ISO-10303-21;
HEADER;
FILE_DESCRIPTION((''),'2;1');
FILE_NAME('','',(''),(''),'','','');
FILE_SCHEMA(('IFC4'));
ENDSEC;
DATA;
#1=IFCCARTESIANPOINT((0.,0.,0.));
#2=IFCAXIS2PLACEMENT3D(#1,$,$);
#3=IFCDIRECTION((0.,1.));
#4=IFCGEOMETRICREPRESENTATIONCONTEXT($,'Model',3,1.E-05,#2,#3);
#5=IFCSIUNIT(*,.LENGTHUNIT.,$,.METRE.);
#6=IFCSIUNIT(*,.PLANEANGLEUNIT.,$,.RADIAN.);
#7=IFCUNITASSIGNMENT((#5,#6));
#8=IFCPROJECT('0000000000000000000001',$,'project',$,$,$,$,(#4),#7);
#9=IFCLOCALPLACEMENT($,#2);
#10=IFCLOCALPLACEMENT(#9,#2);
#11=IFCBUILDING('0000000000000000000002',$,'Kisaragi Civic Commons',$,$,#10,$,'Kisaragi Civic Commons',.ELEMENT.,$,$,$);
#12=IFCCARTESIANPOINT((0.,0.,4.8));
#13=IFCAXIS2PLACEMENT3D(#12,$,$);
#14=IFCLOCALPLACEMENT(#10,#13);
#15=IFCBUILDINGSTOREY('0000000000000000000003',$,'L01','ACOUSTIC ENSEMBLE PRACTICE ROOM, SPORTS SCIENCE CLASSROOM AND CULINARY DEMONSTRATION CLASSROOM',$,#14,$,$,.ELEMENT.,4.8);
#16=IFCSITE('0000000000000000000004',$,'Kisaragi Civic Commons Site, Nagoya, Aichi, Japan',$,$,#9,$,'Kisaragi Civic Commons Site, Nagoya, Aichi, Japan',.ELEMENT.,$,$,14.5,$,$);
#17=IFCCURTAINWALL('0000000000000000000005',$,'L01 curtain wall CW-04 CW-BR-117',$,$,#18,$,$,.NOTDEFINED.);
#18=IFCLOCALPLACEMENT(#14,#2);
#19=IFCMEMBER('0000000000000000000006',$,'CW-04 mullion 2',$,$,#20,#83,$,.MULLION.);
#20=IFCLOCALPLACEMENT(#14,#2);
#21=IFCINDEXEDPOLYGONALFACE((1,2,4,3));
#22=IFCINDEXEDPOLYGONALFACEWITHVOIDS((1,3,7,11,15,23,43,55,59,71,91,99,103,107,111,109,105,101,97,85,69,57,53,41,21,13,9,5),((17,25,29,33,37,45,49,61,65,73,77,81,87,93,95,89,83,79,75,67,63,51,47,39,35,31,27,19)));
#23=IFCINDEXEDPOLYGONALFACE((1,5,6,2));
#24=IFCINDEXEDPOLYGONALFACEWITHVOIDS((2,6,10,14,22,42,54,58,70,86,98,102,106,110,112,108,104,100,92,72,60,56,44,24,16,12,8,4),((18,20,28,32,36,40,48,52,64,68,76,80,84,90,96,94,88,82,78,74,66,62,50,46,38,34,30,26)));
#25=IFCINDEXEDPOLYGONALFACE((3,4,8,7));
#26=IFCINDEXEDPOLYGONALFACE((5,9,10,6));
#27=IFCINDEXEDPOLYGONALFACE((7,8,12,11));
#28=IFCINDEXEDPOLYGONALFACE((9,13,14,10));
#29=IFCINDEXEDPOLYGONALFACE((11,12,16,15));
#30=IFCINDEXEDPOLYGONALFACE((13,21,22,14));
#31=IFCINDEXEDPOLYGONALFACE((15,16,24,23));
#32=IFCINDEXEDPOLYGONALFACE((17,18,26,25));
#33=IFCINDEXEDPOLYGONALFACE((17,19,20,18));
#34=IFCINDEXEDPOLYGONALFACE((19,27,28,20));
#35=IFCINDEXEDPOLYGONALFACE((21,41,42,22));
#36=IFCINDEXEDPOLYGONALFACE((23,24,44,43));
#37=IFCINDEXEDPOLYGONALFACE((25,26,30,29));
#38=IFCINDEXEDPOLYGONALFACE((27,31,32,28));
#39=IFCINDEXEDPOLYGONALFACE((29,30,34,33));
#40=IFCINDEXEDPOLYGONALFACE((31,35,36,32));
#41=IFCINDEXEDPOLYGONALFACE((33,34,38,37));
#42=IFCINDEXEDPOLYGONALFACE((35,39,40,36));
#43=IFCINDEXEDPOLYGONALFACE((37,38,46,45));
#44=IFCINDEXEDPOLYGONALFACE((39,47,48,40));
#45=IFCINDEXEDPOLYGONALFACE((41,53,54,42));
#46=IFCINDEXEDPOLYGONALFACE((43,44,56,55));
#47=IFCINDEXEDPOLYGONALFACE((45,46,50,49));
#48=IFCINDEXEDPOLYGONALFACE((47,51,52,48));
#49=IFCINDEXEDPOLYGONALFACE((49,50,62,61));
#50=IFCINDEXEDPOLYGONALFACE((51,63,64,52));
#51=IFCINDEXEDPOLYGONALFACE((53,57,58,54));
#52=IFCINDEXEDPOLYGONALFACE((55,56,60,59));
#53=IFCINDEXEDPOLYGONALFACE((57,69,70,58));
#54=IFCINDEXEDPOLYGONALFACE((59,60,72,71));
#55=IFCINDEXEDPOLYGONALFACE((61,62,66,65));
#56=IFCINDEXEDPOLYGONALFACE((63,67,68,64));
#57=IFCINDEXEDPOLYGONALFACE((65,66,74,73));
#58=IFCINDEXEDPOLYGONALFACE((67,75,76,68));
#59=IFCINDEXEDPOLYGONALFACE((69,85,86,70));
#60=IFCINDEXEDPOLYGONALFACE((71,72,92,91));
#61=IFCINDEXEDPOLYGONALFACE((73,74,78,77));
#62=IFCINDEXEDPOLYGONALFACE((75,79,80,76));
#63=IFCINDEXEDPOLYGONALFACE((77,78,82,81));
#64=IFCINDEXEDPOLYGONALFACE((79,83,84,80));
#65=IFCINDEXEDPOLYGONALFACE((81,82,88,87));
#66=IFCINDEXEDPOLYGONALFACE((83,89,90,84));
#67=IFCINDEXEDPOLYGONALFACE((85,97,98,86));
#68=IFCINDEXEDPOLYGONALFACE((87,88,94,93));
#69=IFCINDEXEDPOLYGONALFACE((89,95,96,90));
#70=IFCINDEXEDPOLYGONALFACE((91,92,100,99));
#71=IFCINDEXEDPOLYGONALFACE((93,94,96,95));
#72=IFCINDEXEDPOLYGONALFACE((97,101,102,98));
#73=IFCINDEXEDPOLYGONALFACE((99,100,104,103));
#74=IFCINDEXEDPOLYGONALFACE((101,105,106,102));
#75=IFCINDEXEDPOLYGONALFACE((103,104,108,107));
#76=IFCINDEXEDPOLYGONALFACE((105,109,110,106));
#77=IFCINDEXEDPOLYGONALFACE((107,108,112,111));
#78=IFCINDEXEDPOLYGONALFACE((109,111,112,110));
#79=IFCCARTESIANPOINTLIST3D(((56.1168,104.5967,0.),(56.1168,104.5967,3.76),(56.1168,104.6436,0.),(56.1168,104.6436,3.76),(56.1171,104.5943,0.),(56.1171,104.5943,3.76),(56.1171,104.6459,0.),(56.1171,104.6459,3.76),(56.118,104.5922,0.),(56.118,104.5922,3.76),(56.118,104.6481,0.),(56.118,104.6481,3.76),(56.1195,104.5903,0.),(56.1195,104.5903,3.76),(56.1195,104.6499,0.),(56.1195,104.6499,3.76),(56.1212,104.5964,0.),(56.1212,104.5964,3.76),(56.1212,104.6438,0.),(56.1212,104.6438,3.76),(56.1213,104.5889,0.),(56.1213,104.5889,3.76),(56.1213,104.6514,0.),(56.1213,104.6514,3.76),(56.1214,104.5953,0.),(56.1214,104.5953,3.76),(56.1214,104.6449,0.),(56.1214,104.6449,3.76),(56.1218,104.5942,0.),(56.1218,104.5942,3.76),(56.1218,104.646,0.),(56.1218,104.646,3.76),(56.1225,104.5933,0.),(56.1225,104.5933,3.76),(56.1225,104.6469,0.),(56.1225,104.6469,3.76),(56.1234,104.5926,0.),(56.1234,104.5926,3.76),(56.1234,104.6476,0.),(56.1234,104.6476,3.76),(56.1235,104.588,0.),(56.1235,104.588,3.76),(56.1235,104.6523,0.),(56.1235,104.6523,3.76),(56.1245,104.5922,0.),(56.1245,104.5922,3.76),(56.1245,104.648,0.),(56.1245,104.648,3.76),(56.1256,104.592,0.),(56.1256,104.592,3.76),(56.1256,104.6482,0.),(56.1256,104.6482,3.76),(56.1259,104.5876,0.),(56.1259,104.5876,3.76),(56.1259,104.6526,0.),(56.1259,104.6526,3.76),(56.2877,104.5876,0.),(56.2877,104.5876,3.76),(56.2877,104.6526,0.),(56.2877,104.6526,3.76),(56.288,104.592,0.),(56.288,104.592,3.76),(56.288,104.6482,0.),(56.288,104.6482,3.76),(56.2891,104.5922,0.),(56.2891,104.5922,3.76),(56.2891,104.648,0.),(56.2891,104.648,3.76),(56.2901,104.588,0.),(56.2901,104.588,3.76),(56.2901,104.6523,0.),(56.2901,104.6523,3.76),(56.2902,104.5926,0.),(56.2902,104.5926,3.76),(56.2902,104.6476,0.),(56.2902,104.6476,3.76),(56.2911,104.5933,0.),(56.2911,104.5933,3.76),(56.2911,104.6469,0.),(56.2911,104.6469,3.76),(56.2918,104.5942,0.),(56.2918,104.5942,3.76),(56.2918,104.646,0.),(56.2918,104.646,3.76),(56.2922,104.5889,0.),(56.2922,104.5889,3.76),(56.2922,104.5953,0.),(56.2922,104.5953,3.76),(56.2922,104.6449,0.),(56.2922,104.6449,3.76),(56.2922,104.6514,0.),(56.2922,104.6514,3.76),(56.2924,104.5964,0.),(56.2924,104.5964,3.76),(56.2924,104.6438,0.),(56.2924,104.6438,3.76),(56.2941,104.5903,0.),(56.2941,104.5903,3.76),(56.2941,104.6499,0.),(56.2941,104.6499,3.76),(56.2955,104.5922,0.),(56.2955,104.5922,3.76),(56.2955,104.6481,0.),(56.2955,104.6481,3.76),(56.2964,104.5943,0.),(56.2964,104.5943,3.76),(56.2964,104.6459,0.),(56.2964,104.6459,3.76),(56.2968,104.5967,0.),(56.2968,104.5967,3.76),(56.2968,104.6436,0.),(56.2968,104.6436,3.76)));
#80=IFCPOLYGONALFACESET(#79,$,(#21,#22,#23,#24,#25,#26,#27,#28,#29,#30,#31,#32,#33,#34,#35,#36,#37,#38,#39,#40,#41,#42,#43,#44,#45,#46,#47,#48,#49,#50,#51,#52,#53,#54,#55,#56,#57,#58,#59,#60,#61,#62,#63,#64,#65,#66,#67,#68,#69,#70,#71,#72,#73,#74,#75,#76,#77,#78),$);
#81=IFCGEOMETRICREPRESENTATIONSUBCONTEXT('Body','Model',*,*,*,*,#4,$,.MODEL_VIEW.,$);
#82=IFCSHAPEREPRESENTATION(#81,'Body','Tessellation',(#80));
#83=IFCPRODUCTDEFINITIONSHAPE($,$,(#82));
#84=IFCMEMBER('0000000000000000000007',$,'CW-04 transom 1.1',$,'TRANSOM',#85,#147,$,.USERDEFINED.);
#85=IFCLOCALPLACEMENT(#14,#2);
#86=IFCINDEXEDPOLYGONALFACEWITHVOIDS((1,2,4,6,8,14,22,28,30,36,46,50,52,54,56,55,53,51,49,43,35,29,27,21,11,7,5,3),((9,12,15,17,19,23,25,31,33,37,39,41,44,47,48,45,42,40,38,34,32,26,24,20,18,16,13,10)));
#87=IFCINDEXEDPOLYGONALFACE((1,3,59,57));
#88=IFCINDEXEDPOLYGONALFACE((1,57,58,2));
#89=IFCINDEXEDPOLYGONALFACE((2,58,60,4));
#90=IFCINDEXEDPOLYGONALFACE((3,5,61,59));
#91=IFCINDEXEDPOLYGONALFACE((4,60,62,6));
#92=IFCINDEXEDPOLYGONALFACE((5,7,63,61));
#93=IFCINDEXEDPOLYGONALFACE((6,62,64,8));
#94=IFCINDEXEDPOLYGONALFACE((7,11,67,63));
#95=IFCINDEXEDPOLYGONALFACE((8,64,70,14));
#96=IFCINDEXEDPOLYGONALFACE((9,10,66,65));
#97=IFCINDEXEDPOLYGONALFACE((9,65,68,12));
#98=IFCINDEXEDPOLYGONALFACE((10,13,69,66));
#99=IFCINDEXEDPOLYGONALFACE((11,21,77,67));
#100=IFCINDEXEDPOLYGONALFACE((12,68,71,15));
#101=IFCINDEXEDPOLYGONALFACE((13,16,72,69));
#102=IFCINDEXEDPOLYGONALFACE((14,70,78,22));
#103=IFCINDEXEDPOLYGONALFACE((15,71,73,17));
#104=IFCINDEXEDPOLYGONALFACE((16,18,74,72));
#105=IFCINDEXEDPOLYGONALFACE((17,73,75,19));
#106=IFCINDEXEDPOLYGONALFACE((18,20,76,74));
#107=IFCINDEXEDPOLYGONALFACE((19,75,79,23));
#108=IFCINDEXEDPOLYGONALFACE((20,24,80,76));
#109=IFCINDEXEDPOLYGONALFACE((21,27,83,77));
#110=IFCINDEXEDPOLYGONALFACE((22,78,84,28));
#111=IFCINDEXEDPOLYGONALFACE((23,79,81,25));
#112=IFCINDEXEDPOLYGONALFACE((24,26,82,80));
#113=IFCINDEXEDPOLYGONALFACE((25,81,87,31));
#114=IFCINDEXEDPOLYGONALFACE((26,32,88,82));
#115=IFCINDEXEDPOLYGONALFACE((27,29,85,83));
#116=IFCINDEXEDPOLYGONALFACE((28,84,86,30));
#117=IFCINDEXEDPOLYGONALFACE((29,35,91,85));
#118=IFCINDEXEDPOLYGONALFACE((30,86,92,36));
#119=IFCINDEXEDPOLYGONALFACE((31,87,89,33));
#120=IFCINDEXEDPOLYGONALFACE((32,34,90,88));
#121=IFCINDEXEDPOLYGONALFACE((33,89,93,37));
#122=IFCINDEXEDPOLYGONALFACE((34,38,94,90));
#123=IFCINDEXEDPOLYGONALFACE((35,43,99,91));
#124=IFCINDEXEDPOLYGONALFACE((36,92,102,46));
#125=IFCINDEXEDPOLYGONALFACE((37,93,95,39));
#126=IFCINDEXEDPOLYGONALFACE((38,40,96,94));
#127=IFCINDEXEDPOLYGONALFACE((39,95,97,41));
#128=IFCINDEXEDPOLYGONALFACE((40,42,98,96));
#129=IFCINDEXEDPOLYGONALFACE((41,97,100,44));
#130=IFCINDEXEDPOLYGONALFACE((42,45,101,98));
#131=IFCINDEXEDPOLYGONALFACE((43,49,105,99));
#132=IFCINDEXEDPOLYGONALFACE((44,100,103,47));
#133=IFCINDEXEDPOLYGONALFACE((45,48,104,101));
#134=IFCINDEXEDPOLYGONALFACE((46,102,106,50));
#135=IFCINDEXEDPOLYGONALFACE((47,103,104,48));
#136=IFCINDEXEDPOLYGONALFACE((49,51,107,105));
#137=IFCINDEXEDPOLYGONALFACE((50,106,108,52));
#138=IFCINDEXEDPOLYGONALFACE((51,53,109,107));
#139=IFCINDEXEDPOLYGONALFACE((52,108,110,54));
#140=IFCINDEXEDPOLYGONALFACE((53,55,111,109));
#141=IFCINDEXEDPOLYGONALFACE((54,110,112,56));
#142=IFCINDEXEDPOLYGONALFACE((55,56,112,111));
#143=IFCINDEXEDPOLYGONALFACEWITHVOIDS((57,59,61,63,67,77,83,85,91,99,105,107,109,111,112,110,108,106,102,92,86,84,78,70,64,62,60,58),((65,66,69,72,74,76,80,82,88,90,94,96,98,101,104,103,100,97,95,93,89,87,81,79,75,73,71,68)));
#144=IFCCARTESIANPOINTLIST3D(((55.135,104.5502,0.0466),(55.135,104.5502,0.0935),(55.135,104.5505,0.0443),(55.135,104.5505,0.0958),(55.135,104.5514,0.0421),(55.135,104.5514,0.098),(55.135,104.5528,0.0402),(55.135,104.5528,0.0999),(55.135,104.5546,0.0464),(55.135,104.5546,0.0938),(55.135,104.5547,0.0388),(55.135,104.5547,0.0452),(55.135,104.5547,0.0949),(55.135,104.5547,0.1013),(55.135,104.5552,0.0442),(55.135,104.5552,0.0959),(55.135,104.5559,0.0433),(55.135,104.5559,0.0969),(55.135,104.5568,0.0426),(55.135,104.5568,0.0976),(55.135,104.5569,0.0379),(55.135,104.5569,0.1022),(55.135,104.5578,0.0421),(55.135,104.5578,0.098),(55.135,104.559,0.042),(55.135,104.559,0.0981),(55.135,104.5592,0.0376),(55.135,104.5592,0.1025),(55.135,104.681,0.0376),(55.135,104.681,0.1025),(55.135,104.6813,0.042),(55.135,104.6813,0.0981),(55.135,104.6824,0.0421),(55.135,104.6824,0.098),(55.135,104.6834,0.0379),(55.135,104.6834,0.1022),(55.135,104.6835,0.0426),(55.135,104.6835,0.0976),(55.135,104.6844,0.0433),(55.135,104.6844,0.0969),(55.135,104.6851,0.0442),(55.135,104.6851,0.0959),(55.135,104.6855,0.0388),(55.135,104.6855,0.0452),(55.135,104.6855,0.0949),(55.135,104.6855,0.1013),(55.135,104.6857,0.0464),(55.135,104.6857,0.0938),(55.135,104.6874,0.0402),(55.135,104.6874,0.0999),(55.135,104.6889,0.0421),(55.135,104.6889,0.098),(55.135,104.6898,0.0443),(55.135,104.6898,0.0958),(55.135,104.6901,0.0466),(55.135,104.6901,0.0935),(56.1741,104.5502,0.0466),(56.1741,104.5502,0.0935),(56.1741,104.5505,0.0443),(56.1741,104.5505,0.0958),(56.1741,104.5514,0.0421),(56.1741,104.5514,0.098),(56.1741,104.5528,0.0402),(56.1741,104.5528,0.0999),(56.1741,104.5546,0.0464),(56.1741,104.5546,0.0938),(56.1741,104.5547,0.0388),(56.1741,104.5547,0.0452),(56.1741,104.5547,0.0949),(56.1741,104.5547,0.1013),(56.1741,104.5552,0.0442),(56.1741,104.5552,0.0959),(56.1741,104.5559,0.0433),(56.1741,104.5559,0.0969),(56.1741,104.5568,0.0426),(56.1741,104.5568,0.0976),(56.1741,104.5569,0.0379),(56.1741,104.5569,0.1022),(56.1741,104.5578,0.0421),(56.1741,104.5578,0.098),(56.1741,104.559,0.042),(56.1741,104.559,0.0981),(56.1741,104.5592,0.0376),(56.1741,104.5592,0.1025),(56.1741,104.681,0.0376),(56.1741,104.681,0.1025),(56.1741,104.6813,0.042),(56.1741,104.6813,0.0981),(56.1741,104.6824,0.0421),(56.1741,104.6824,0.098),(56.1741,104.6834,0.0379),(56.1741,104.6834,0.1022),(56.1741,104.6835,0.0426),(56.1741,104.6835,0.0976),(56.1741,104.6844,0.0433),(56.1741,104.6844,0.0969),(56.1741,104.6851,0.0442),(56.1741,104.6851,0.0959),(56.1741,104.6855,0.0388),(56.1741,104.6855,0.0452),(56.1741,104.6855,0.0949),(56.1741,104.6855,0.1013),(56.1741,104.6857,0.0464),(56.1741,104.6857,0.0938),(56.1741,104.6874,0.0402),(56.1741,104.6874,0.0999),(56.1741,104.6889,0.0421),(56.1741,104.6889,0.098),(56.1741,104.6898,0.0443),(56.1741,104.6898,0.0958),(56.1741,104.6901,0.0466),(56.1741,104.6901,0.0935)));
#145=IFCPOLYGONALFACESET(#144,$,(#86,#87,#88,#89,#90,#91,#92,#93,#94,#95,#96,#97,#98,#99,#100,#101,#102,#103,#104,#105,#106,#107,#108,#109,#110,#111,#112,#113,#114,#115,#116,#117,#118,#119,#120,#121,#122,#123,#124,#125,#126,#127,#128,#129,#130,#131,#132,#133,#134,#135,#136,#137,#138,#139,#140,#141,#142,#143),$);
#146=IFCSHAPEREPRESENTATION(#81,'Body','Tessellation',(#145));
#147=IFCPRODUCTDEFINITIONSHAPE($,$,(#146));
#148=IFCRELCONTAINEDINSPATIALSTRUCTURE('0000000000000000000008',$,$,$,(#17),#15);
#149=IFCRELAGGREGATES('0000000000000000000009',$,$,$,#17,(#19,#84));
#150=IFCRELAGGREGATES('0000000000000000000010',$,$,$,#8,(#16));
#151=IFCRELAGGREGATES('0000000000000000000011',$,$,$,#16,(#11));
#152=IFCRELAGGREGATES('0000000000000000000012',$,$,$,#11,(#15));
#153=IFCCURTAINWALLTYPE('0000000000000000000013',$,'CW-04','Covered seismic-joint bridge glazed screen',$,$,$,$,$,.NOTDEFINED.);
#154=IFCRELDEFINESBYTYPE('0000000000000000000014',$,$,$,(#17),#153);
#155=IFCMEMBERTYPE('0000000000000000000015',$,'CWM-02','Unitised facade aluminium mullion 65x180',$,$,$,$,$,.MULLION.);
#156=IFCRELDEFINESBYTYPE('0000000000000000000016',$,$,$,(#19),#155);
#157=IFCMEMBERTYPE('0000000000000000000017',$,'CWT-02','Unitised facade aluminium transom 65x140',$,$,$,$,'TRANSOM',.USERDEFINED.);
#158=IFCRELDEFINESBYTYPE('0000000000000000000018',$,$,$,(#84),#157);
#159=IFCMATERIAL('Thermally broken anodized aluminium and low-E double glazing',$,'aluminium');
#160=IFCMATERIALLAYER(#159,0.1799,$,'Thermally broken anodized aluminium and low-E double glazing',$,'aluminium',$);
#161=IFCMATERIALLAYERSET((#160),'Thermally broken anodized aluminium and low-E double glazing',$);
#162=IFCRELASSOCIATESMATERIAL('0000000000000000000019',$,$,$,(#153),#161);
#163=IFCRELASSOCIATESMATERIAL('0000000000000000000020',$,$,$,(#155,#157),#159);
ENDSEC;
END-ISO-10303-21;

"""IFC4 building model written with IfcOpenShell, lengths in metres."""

from ifc_helpers import new_model, si_unit, direction, frame, origin, origin_2d, place, context, subcontext, project, spatial, hollow_rectangle, extrude, material, layer, layer_set, material_profile, profile_set, type_object, element, aggregate, save


model = new_model("IFC4")

# Units and contexts
model_context = context("Model", 3, precision=1e-05, world=origin(), true_north=direction((0.0, 1.0)))
body_context = subcontext(model_context, "Body", "Model", "MODEL_VIEW")
ifc_project = project(units=[si_unit("LENGTHUNIT", "METRE"), si_unit("PLANEANGLEUNIT", "RADIAN")], contexts=[model_context])

# Site, building, storey
site_placement = place(None, origin())
site = spatial("IfcSite", under=ifc_project, at=site_placement, Name="Kisaragi Civic Commons Site, Nagoya, Aichi, Japan", LongName="Kisaragi Civic Commons Site, Nagoya, Aichi, Japan", CompositionType="ELEMENT", RefElevation=14.5)
building_placement = place(site_placement, origin())
building = spatial("IfcBuilding", under=site, at=building_placement, Name="Kisaragi Civic Commons", LongName="Kisaragi Civic Commons", CompositionType="ELEMENT")
storey_placement = place(building_placement, frame((0.0, 0.0, 4.8)))
storey = spatial("IfcBuildingStorey", under=building, at=storey_placement, Name="L01", Description="ACOUSTIC ENSEMBLE PRACTICE ROOM, SPORTS SCIENCE CLASSROOM AND CULINARY DEMONSTRATION CLASSROOM", CompositionType="ELEMENT", Elevation=4.8)

# Curtain wall, members
ifc_material_1 = material(Name="Thermally broken anodized aluminium and low-E double glazing", Category="aluminium")
ifc_layer_1 = layer(ifc_material_1, 0.1799, Name="Thermally broken anodized aluminium and low-E double glazing", Category="aluminium")
ifc_layer_set_1 = layer_set([ifc_layer_1], Name="Thermally broken anodized aluminium and low-E double glazing")
curtain_wall_type = type_object("IfcCurtainWallType", Name="CW-04", Description="Covered seismic-joint bridge glazed screen", PredefinedType="NOTDEFINED", material=ifc_layer_set_1)
curtain_wall_placement = place(storey_placement, origin())
curtain_wall = element("IfcCurtainWall", 1, at=curtain_wall_placement, inside=storey, type_object=curtain_wall_type, Name="L01 curtain wall CW-04 CW-BR-117", PredefinedType="NOTDEFINED")
ifc_material_profile_1 = material_profile(ifc_material_1, hollow_rectangle(XDim=0.0649, YDim=0.1799, WallThickness=0.0044, InnerFilletRadius=0.0044, OuterFilletRadius=0.009, at=origin_2d()), Name="CWM-65x180x4.5", Category="aluminium")
ifc_profile_set_1 = profile_set([ifc_material_profile_1], Name="Thermally broken anodized aluminium and low-E double glazing")
member_type_1 = type_object("IfcMemberType", Name="CWM-02", Description="Unitised facade aluminium mullion 65x180", PredefinedType="MULLION", material=ifc_profile_set_1)
member_1_placement = place(storey_placement, frame((56.2068, 104.6201, 0.0), z_axis=(0.0, 0.0, 1.0), x_axis=(0.0, 1.0, 0.0)))
member_1 = element("IfcMember", 2, at=member_1_placement, type_object=member_type_1, Name="CW-04 mullion 2", PredefinedType="MULLION", context=body_context, shape_type="SweptSolid", body=[
    extrude(hollow_rectangle(XDim=0.0649, YDim=0.1799, WallThickness=0.0044, InnerFilletRadius=0.0044, OuterFilletRadius=0.009, at=origin_2d()), origin(), (0.0, 0.0, 1.0), 3.76),
])
ifc_material_profile_2 = material_profile(ifc_material_1, hollow_rectangle(XDim=0.1399, YDim=0.0649, WallThickness=0.0044, InnerFilletRadius=0.0044, OuterFilletRadius=0.009, at=origin_2d()), Name="CWT-65x140x4.5", Category="aluminium")
ifc_profile_set_2 = profile_set([ifc_material_profile_2], Name="Thermally broken anodized aluminium and low-E double glazing")
member_type_2 = type_object("IfcMemberType", Name="CWT-02", Description="Unitised facade aluminium transom 65x140", ElementType="TRANSOM", PredefinedType="USERDEFINED", material=ifc_profile_set_2)
member_2_placement = place(storey_placement, frame((55.135, 104.6201, 0.0701), z_axis=(1.0, 0.0, 0.0), x_axis=(0.0, 1.0, 0.0)))
member_2 = element("IfcMember", 3, at=member_2_placement, type_object=member_type_2, Name="CW-04 transom 1.1", ObjectType="TRANSOM", PredefinedType="USERDEFINED", context=body_context, shape_type="SweptSolid", body=[
    extrude(hollow_rectangle(XDim=0.1399, YDim=0.0649, WallThickness=0.0044, InnerFilletRadius=0.0044, OuterFilletRadius=0.009, at=origin_2d()), origin(), (0.0, 0.0, 1.0), 1.0391),
])

aggregate(curtain_wall, [member_1, member_2])

save(model, "model.ifc")
